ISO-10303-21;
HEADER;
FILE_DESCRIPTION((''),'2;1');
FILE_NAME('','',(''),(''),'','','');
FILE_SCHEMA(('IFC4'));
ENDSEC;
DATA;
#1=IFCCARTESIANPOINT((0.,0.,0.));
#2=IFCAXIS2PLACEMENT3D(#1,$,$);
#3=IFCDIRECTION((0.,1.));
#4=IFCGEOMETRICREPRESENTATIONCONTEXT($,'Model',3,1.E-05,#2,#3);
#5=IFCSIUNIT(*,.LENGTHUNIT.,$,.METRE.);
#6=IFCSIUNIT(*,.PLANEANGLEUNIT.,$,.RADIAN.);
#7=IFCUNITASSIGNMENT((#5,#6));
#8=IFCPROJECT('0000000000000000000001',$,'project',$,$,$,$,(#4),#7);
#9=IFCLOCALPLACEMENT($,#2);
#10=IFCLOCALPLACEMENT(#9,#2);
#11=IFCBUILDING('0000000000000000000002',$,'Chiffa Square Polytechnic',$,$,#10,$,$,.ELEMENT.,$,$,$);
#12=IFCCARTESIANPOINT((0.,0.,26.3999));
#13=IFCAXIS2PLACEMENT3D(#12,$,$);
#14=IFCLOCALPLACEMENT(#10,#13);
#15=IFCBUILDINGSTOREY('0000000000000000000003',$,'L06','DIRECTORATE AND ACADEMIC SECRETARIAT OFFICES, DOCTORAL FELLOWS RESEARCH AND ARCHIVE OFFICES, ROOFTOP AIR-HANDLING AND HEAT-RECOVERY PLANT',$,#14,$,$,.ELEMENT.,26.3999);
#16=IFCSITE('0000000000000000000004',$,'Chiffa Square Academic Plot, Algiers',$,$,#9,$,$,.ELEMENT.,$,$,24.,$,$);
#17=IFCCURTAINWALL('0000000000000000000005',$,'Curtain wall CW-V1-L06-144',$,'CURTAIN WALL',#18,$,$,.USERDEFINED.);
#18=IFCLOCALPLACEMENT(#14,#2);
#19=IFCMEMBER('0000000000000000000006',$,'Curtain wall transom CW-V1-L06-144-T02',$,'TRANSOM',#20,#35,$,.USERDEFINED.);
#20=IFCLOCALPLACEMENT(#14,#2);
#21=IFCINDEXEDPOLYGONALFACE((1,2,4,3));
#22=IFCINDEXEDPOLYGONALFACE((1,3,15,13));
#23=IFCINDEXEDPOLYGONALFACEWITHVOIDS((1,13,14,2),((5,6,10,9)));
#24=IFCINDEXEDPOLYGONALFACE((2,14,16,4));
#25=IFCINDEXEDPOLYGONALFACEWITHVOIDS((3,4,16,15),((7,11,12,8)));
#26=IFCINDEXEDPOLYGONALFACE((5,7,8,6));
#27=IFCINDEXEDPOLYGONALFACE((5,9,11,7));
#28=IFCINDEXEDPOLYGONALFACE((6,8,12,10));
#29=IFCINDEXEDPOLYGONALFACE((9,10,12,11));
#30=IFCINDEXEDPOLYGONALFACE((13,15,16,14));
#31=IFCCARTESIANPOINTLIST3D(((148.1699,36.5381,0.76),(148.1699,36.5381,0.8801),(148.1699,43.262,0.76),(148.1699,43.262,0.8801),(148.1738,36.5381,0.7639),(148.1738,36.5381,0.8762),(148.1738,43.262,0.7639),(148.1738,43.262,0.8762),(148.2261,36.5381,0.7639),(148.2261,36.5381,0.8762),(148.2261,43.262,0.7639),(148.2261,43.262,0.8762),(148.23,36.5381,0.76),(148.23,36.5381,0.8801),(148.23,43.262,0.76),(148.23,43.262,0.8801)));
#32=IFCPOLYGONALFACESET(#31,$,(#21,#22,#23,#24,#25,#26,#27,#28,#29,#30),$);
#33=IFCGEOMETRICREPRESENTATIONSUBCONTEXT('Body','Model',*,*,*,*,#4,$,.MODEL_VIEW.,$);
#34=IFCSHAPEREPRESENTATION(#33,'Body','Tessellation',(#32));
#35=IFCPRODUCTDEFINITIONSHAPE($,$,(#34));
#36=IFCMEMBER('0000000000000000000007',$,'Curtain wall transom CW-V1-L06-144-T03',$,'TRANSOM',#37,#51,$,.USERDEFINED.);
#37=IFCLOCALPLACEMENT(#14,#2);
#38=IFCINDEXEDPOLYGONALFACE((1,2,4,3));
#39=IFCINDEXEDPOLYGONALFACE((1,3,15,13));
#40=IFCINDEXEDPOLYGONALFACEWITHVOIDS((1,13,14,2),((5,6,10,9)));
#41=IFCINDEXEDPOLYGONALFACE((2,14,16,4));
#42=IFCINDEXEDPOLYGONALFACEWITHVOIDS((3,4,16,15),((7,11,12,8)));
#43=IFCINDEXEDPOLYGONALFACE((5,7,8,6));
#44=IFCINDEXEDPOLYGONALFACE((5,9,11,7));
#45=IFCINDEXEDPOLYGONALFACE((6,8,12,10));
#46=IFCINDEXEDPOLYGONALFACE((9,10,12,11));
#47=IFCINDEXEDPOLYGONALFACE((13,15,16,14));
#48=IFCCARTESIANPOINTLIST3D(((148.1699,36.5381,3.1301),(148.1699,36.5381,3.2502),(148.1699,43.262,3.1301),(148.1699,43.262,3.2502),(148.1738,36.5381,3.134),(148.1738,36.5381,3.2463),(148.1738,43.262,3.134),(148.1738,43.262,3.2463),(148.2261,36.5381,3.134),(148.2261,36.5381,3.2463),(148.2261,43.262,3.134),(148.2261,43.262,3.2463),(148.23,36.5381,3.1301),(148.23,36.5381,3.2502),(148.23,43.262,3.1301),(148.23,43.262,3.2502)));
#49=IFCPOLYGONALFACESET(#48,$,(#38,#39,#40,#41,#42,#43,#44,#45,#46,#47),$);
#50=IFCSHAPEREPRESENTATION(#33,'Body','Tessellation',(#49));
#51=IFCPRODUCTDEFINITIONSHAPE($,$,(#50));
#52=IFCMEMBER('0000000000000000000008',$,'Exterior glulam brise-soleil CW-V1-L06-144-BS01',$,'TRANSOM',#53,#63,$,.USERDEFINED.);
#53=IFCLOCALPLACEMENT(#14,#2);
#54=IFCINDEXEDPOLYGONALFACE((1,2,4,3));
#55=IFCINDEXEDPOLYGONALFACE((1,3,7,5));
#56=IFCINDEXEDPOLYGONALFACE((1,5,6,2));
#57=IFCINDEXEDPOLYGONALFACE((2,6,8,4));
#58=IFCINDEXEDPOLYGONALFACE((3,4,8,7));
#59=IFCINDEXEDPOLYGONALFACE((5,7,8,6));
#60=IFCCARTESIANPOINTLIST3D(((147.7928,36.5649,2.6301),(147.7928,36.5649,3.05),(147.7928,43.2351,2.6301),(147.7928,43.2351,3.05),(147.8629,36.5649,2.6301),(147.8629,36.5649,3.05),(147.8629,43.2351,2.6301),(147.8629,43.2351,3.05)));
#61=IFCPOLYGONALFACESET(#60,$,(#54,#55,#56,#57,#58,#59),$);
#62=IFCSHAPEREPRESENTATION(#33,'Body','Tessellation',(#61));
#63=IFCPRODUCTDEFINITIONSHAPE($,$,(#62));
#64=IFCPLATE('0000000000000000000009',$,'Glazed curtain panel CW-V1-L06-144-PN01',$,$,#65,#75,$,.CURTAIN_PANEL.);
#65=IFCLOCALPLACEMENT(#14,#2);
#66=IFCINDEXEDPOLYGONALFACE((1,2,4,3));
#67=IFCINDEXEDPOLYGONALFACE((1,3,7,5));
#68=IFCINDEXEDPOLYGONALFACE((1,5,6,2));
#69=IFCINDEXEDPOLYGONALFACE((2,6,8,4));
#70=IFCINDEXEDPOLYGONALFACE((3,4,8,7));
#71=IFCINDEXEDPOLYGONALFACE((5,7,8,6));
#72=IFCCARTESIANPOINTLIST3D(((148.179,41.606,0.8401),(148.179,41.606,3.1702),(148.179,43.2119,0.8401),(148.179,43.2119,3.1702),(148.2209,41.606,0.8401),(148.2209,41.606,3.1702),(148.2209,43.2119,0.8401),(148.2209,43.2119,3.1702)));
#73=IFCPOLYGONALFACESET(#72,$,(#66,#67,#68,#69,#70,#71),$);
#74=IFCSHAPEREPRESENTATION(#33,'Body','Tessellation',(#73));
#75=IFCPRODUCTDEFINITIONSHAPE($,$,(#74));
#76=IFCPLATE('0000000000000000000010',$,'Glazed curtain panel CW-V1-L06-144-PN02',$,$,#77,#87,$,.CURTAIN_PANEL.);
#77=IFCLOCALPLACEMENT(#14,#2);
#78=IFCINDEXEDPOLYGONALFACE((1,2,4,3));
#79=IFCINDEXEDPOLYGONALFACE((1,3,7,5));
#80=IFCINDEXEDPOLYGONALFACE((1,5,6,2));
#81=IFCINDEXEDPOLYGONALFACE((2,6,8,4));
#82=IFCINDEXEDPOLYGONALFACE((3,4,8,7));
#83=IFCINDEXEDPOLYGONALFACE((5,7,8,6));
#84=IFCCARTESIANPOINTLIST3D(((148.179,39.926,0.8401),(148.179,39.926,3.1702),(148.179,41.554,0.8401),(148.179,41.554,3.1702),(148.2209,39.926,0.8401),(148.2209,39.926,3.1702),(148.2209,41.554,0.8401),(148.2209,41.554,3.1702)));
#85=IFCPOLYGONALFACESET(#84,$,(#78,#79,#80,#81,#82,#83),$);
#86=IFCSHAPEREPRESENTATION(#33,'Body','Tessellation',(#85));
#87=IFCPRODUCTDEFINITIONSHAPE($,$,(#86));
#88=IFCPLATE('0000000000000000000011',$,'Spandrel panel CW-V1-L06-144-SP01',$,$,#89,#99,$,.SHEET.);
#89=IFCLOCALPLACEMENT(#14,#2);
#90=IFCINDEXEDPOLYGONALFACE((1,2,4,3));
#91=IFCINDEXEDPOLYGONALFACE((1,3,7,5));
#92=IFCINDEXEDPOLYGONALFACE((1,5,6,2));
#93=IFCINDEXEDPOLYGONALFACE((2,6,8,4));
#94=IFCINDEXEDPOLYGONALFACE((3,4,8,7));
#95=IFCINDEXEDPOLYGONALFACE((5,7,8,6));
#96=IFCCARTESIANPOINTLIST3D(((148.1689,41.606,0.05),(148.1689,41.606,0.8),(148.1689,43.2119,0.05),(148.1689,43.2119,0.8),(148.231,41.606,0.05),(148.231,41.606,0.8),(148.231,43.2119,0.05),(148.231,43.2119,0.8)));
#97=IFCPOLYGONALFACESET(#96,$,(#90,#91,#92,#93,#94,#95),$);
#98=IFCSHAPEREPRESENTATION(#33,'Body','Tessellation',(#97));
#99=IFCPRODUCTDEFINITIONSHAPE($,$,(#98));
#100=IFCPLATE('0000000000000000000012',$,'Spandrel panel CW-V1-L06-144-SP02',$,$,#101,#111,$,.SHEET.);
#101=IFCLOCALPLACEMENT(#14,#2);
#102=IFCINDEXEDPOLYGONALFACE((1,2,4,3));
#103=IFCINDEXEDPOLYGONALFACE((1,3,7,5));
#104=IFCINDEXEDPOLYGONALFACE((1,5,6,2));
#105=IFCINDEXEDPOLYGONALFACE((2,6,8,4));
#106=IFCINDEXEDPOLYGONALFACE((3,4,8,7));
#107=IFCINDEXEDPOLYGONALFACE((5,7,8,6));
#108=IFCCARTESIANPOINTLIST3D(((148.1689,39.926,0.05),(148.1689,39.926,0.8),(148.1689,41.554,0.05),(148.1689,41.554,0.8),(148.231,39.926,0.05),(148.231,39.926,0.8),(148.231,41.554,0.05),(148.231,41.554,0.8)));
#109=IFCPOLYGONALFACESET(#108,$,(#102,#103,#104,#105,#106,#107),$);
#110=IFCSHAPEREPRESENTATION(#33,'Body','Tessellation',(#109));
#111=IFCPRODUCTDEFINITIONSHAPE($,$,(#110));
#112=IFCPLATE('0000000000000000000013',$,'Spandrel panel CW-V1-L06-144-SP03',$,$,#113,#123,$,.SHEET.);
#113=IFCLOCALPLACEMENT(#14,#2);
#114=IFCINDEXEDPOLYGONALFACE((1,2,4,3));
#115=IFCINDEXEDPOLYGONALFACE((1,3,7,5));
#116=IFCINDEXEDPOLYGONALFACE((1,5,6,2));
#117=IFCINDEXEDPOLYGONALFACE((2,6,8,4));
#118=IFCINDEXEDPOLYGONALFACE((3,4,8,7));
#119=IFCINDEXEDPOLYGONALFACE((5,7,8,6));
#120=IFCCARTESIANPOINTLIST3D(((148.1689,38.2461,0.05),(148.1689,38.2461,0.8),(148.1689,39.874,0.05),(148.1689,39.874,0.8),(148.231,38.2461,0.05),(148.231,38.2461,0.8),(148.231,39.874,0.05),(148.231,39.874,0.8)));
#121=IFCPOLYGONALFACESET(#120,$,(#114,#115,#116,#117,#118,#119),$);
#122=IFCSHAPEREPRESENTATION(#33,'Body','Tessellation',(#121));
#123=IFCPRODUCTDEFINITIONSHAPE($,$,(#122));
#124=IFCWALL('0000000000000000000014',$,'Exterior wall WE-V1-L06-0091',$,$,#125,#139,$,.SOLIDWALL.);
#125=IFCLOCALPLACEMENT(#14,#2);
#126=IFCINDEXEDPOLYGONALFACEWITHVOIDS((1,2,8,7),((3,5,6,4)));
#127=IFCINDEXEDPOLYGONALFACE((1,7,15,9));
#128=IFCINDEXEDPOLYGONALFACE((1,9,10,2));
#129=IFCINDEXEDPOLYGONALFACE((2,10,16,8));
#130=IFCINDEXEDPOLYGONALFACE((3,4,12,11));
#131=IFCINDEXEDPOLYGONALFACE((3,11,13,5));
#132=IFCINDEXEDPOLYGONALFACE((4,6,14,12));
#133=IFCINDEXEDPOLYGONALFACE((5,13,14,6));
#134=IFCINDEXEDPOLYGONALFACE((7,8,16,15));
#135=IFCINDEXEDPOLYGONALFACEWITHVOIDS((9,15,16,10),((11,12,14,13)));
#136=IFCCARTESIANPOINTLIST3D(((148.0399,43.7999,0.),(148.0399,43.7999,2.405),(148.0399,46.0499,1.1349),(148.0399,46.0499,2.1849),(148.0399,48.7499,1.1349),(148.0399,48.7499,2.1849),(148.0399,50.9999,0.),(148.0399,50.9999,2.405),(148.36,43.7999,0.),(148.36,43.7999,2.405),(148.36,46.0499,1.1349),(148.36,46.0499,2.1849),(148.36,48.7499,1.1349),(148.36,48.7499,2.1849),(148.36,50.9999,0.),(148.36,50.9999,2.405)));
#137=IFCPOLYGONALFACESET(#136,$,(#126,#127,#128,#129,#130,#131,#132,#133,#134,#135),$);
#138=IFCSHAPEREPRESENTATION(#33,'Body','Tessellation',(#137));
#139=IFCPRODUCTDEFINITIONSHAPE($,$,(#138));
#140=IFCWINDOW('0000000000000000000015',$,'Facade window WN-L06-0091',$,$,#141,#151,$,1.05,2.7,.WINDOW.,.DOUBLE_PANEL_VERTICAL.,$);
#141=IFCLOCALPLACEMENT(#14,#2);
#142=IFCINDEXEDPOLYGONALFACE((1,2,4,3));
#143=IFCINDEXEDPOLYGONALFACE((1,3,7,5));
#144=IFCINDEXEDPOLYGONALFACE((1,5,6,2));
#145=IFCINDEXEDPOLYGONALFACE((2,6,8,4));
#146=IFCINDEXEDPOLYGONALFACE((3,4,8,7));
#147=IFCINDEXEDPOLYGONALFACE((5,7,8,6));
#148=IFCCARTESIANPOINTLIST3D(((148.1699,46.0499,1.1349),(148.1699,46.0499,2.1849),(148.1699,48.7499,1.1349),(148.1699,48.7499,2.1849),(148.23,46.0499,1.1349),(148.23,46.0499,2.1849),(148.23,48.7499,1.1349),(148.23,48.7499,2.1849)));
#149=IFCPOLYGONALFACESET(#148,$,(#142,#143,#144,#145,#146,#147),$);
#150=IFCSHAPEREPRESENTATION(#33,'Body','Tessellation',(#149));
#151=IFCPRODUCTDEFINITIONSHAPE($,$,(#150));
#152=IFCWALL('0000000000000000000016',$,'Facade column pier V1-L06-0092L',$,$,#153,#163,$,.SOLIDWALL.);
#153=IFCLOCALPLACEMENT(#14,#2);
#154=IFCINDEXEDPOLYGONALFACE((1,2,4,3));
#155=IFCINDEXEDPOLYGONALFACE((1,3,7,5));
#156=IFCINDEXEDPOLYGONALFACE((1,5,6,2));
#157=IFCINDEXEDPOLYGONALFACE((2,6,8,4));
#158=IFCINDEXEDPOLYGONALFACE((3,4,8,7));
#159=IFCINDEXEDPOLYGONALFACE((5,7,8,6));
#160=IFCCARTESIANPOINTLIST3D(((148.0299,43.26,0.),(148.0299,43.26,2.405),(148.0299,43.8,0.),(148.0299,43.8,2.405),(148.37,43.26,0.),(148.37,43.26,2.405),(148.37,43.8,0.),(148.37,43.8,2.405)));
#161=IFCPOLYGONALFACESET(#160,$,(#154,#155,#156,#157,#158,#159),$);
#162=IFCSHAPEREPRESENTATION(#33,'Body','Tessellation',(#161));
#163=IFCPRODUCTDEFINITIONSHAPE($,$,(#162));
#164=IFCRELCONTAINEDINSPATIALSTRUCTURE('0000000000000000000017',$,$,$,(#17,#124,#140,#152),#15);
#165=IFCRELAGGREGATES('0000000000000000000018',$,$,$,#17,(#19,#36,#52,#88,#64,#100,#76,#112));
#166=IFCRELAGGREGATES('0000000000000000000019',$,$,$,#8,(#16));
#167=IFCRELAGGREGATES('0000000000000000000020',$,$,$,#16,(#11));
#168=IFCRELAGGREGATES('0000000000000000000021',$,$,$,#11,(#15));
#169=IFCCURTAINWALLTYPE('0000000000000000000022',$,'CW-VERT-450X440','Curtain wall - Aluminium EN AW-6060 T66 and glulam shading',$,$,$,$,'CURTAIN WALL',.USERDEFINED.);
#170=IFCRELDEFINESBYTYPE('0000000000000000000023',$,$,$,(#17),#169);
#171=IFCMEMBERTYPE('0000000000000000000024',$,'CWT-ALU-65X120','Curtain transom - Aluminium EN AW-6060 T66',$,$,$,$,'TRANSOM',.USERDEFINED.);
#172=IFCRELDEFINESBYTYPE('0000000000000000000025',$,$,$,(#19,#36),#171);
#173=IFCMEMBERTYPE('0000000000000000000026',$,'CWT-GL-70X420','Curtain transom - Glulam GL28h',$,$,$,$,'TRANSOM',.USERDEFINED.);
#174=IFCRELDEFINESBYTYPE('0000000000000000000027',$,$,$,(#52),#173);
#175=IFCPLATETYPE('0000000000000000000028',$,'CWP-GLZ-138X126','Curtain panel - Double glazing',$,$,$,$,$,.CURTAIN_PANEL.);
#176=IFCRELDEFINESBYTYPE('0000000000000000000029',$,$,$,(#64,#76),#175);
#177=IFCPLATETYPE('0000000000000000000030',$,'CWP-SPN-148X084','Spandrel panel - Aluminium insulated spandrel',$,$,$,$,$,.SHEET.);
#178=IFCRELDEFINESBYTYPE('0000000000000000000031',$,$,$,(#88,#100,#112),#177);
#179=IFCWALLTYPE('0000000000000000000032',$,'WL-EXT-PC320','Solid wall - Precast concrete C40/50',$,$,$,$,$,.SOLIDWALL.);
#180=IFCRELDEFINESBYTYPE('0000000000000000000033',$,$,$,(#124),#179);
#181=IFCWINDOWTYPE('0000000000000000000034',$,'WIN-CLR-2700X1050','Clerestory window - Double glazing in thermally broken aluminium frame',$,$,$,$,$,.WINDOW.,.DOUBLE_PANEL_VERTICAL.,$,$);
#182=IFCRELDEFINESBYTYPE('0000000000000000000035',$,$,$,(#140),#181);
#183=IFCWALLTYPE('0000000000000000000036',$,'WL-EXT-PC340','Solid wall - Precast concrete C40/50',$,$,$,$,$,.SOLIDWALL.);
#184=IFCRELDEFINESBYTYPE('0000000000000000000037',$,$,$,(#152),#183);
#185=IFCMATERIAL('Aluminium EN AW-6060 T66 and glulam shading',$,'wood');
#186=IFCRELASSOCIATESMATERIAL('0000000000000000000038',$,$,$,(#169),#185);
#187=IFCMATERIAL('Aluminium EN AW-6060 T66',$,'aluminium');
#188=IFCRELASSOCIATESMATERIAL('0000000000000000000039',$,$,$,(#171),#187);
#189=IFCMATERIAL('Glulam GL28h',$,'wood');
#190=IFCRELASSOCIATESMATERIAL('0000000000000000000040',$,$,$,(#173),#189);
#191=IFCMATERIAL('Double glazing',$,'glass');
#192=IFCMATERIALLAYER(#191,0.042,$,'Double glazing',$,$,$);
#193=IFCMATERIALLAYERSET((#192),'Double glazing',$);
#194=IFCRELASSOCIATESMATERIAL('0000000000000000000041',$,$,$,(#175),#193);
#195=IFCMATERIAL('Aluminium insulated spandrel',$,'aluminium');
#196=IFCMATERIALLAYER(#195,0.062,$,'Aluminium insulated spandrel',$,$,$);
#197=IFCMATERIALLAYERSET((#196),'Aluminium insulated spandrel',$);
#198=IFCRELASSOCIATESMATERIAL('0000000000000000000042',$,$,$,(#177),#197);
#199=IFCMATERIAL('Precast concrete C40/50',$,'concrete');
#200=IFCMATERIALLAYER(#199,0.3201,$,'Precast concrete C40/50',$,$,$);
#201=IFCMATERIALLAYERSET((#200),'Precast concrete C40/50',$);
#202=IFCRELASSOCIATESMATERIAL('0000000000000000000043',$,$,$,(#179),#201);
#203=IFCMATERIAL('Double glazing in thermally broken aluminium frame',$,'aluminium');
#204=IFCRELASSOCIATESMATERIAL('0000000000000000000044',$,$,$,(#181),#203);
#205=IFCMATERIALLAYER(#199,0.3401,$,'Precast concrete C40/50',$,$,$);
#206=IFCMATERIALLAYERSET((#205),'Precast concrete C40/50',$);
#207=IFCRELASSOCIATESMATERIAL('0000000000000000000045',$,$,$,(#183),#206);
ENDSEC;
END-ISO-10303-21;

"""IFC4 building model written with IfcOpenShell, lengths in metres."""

from ifc_helpers import new_model, si_unit, direction, frame, frame_2d, origin, origin_2d, place, context, subcontext, project, spatial, rectangle, hollow_rectangle, extrude, material, layer, layer_set, material_profile, profile_set, type_object, element, fill, aggregate, save


model = new_model("IFC4")

# Units and contexts
model_context = context("Model", 3, precision=1e-05, world=origin(), true_north=direction((0.0, 1.0)))
body_context = subcontext(model_context, "Body", "Model", "MODEL_VIEW")
ifc_project = project(units=[si_unit("LENGTHUNIT", "METRE"), si_unit("PLANEANGLEUNIT", "RADIAN")], contexts=[model_context])

# Site, building, storey
site_placement = place(None, origin())
site = spatial("IfcSite", under=ifc_project, at=site_placement, Name="Chiffa Square Academic Plot, Algiers", CompositionType="ELEMENT", RefElevation=24.0)
building_placement = place(site_placement, origin())
building = spatial("IfcBuilding", under=site, at=building_placement, Name="Chiffa Square Polytechnic", CompositionType="ELEMENT")
storey_placement = place(building_placement, frame((0.0, 0.0, 26.3999)))
storey = spatial("IfcBuildingStorey", under=building, at=storey_placement, Name="L06", Description="DIRECTORATE AND ACADEMIC SECRETARIAT OFFICES, DOCTORAL FELLOWS RESEARCH AND ARCHIVE OFFICES, ROOFTOP AIR-HANDLING AND HEAT-RECOVERY PLANT", CompositionType="ELEMENT", Elevation=26.3999)

# Curtain wall, members, plates
ifc_material_1 = material(Name="Aluminium EN AW-6060 T66 and glulam shading", Category="wood")
curtain_wall_type = type_object("IfcCurtainWallType", Name="CW-VERT-450X440", Description="Curtain wall - Aluminium EN AW-6060 T66 and glulam shading", ElementType="CURTAIN WALL", PredefinedType="USERDEFINED", material=ifc_material_1)
curtain_wall_placement = place(storey_placement, origin())
curtain_wall = element("IfcCurtainWall", 1, at=curtain_wall_placement, inside=storey, type_object=curtain_wall_type, Name="Curtain wall CW-V1-L06-144", ObjectType="CURTAIN WALL", PredefinedType="USERDEFINED")
ifc_material_2 = material(Name="Aluminium EN AW-6060 T66", Category="aluminium")
ifc_material_3 = material(Name="Glulam GL28h", Category="wood")
ifc_material_profile_1 = material_profile(ifc_material_2, hollow_rectangle(XDim=0.0601, YDim=0.1201, WallThickness=0.0039, at=origin_2d()), Name="ALU 60x120x4")
ifc_profile_set_1 = profile_set([ifc_material_profile_1], Name="Aluminium EN AW-6060 T66")
member_type_1 = type_object("IfcMemberType", Name="CWT-ALU-65X120", Description="Curtain transom - Aluminium EN AW-6060 T66", ElementType="TRANSOM", PredefinedType="USERDEFINED", material=ifc_profile_set_1)
member_1_placement = place(storey_placement, frame((148.2, 43.262, 0.8201), z_axis=(0.0, -1.0, 0.0), x_axis=(1.0, 0.0, 0.0)))
member_1 = element("IfcMember", 2, at=member_1_placement, type_object=member_type_1, Name="Curtain wall transom CW-V1-L06-144-T02", ObjectType="TRANSOM", PredefinedType="USERDEFINED", context=body_context, shape_type="SweptSolid", body=[
    extrude(hollow_rectangle(XDim=0.0601, YDim=0.1201, WallThickness=0.0039, at=origin_2d()), origin(), (0.0, 0.0, 1.0), 6.7239),
])
member_2_placement = place(storey_placement, frame((148.2, 43.262, 3.1902), z_axis=(0.0, -1.0, 0.0), x_axis=(1.0, 0.0, 0.0)))
member_2 = element("IfcMember", 3, at=member_2_placement, type_object=member_type_1, Name="Curtain wall transom CW-V1-L06-144-T03", ObjectType="TRANSOM", PredefinedType="USERDEFINED", context=body_context, shape_type="SweptSolid", body=[
    extrude(hollow_rectangle(XDim=0.0601, YDim=0.1201, WallThickness=0.0039, at=origin_2d()), origin(), (0.0, 0.0, 1.0), 6.7239),
])
ifc_material_profile_2 = material_profile(ifc_material_3, rectangle(XDim=0.0701, YDim=0.4199, at=origin_2d()), Name="GL28h 70x420")
ifc_profile_set_2 = profile_set([ifc_material_profile_2], Name="Glulam GL28h")
member_type_2 = type_object("IfcMemberType", Name="CWT-GL-70X420", Description="Curtain transom - Glulam GL28h", ElementType="TRANSOM", PredefinedType="USERDEFINED", material=ifc_profile_set_2)
member_3_placement = place(storey_placement, frame((147.8279, 43.2351, 2.8401), z_axis=(0.0, -1.0, 0.0), x_axis=(1.0, 0.0, 0.0)))
member_3 = element("IfcMember", 4, at=member_3_placement, type_object=member_type_2, Name="Exterior glulam brise-soleil CW-V1-L06-144-BS01", ObjectType="TRANSOM", PredefinedType="USERDEFINED", context=body_context, shape_type="SweptSolid", body=[
    extrude(rectangle(XDim=0.0701, YDim=0.4199, at=origin_2d()), origin(), (0.0, 0.0, 1.0), 6.6702),
])
ifc_material_4 = material(Name="Double glazing", Category="glass")
ifc_layer_1 = layer(ifc_material_4, 0.042, Name="Double glazing")
ifc_layer_set_1 = layer_set([ifc_layer_1], Name="Double glazing")
plate_type_1 = type_object("IfcPlateType", Name="CWP-GLZ-138X126", Description="Curtain panel - Double glazing", PredefinedType="CURTAIN_PANEL", material=ifc_layer_set_1)
plate_1_placement = place(storey_placement, frame((148.2, 42.4089, 0.8401), z_axis=(0.0, 0.0, 1.0), x_axis=(0.0, -1.0, 0.0)))
plate_1 = element("IfcPlate", 5, at=plate_1_placement, type_object=plate_type_1, Name="Glazed curtain panel CW-V1-L06-144-PN01", PredefinedType="CURTAIN_PANEL", context=body_context, shape_type="SweptSolid", body=[
    extrude(rectangle(XDim=1.606, YDim=0.042, at=origin_2d()), origin(), (0.0, 0.0, 1.0), 2.3301),
])
plate_2_placement = place(storey_placement, frame((148.2, 40.74, 0.8401), z_axis=(0.0, 0.0, 1.0), x_axis=(0.0, -1.0, 0.0)))
plate_2 = element("IfcPlate", 6, at=plate_2_placement, type_object=plate_type_1, Name="Glazed curtain panel CW-V1-L06-144-PN02", PredefinedType="CURTAIN_PANEL", context=body_context, shape_type="SweptSolid", body=[
    extrude(rectangle(XDim=1.6279, YDim=0.042, at=origin_2d()), origin(), (0.0, 0.0, 1.0), 2.3301),
])
ifc_material_5 = material(Name="Aluminium insulated spandrel", Category="aluminium")
ifc_layer_2 = layer(ifc_material_5, 0.062, Name="Aluminium insulated spandrel")
ifc_layer_set_2 = layer_set([ifc_layer_2], Name="Aluminium insulated spandrel")
plate_type_2 = type_object("IfcPlateType", Name="CWP-SPN-148X084", Description="Spandrel panel - Aluminium insulated spandrel", PredefinedType="SHEET", material=ifc_layer_set_2)
plate_3_placement = place(storey_placement, frame((148.2, 42.4089, 0.05), z_axis=(0.0, 0.0, 1.0), x_axis=(0.0, -1.0, 0.0)))
plate_3 = element("IfcPlate", 7, at=plate_3_placement, type_object=plate_type_2, Name="Spandrel panel CW-V1-L06-144-SP01", PredefinedType="SHEET", context=body_context, shape_type="SweptSolid", body=[
    extrude(rectangle(XDim=1.606, YDim=0.062, at=origin_2d()), origin(), (0.0, 0.0, 1.0), 0.75),
])
plate_4_placement = place(storey_placement, frame((148.2, 40.74, 0.05), z_axis=(0.0, 0.0, 1.0), x_axis=(0.0, -1.0, 0.0)))
plate_4 = element("IfcPlate", 8, at=plate_4_placement, type_object=plate_type_2, Name="Spandrel panel CW-V1-L06-144-SP02", PredefinedType="SHEET", context=body_context, shape_type="SweptSolid", body=[
    extrude(rectangle(XDim=1.6279, YDim=0.062, at=origin_2d()), origin(), (0.0, 0.0, 1.0), 0.75),
])
plate_5_placement = place(storey_placement, frame((148.2, 39.0601, 0.05), z_axis=(0.0, 0.0, 1.0), x_axis=(0.0, -1.0, 0.0)))
plate_5 = element("IfcPlate", 9, at=plate_5_placement, type_object=plate_type_2, Name="Spandrel panel CW-V1-L06-144-SP03", PredefinedType="SHEET", context=body_context, shape_type="SweptSolid", body=[
    extrude(rectangle(XDim=1.6279, YDim=0.062, at=origin_2d()), origin(), (0.0, 0.0, 1.0), 0.75),
])
aggregate(curtain_wall, [member_1, member_2, member_3, plate_3, plate_1, plate_4, plate_2, plate_5])

# Wall, opening, window
ifc_material_6 = material(Name="Precast concrete C40/50", Category="concrete")
ifc_layer_3 = layer(ifc_material_6, 0.3201, Name="Precast concrete C40/50")
ifc_layer_set_3 = layer_set([ifc_layer_3], Name="Precast concrete C40/50")
wall_type_1 = type_object("IfcWallType", Name="WL-EXT-PC320", Description="Solid wall - Precast concrete C40/50", PredefinedType="SOLIDWALL", material=ifc_layer_set_3)
wall_1_placement = place(storey_placement, frame((148.2, 51.0, 0.0), z_axis=(0.0, 0.0, 1.0), x_axis=(0.0, -1.0, 0.0)))
wall_1 = element("IfcWall", 10, at=wall_1_placement, inside=storey, type_object=wall_type_1, Name="Exterior wall WE-V1-L06-0091", PredefinedType="SOLIDWALL", context=body_context, shape_type="SweptSolid", body=[
    extrude(rectangle(XDim=7.2, YDim=0.3201, at=frame_2d((3.6001, 0.0))), origin(), (0.0, 0.0, 1.0), 2.405),
])
opening_placement = place(wall_1_placement, frame((2.25, 0.0, 1.135)))
opening = element("IfcOpeningElement", 11, at=opening_placement, cuts=wall_1, PredefinedType="OPENING", context=body_context, shape_type="SweptSolid", body=[
    extrude(rectangle(XDim=2.7, YDim=1.05, at=frame_2d((1.3501, 0.5249))), frame((0.0, 0.1699, 0.0), z_axis=(0.0, -1.0, 0.0), x_axis=(1.0, 0.0, 0.0)), (0.0, 0.0, 1.0), 0.3401),
])
ifc_material_7 = material(Name="Double glazing in thermally broken aluminium frame", Category="aluminium")
window_type = type_object("IfcWindowType", Name="WIN-CLR-2700X1050", Description="Clerestory window - Double glazing in thermally broken aluminium frame", PartitioningType="DOUBLE_PANEL_VERTICAL", PredefinedType="WINDOW", material=ifc_material_7)
window_placement = place(opening_placement, origin())
window = element("IfcWindow", 12, at=window_placement, inside=storey, type_object=window_type, Name="Facade window WN-L06-0091", OverallHeight=1.05, OverallWidth=2.7, PartitioningType="DOUBLE_PANEL_VERTICAL", PredefinedType="WINDOW", context=body_context, shape_type="SweptSolid", body=[
    extrude(rectangle(XDim=2.7, YDim=1.05, at=frame_2d((1.3501, 0.5249))), frame((0.0, 0.03, 0.0), z_axis=(0.0, -1.0, 0.0), x_axis=(1.0, 0.0, 0.0)), (0.0, 0.0, 1.0), 0.0601),
])
fill(opening, window)

# Wall
ifc_layer_4 = layer(ifc_material_6, 0.3401, Name="Precast concrete C40/50")
ifc_layer_set_4 = layer_set([ifc_layer_4], Name="Precast concrete C40/50")
wall_type_2 = type_object("IfcWallType", Name="WL-EXT-PC340", Description="Solid wall - Precast concrete C40/50", PredefinedType="SOLIDWALL", material=ifc_layer_set_4)
wall_2_placement = place(storey_placement, frame((148.2, 43.8, 0.0), z_axis=(0.0, 0.0, 1.0), x_axis=(0.0, -1.0, 0.0)))
element("IfcWall", 13, at=wall_2_placement, inside=storey, type_object=wall_type_2, Name="Facade column pier V1-L06-0092L", PredefinedType="SOLIDWALL", context=body_context, shape_type="SweptSolid", body=[
    extrude(rectangle(XDim=0.54, YDim=0.3401, at=frame_2d((0.27, 0.0))), origin(), (0.0, 0.0, 1.0), 2.405),
])

save(model, "model.ifc")
